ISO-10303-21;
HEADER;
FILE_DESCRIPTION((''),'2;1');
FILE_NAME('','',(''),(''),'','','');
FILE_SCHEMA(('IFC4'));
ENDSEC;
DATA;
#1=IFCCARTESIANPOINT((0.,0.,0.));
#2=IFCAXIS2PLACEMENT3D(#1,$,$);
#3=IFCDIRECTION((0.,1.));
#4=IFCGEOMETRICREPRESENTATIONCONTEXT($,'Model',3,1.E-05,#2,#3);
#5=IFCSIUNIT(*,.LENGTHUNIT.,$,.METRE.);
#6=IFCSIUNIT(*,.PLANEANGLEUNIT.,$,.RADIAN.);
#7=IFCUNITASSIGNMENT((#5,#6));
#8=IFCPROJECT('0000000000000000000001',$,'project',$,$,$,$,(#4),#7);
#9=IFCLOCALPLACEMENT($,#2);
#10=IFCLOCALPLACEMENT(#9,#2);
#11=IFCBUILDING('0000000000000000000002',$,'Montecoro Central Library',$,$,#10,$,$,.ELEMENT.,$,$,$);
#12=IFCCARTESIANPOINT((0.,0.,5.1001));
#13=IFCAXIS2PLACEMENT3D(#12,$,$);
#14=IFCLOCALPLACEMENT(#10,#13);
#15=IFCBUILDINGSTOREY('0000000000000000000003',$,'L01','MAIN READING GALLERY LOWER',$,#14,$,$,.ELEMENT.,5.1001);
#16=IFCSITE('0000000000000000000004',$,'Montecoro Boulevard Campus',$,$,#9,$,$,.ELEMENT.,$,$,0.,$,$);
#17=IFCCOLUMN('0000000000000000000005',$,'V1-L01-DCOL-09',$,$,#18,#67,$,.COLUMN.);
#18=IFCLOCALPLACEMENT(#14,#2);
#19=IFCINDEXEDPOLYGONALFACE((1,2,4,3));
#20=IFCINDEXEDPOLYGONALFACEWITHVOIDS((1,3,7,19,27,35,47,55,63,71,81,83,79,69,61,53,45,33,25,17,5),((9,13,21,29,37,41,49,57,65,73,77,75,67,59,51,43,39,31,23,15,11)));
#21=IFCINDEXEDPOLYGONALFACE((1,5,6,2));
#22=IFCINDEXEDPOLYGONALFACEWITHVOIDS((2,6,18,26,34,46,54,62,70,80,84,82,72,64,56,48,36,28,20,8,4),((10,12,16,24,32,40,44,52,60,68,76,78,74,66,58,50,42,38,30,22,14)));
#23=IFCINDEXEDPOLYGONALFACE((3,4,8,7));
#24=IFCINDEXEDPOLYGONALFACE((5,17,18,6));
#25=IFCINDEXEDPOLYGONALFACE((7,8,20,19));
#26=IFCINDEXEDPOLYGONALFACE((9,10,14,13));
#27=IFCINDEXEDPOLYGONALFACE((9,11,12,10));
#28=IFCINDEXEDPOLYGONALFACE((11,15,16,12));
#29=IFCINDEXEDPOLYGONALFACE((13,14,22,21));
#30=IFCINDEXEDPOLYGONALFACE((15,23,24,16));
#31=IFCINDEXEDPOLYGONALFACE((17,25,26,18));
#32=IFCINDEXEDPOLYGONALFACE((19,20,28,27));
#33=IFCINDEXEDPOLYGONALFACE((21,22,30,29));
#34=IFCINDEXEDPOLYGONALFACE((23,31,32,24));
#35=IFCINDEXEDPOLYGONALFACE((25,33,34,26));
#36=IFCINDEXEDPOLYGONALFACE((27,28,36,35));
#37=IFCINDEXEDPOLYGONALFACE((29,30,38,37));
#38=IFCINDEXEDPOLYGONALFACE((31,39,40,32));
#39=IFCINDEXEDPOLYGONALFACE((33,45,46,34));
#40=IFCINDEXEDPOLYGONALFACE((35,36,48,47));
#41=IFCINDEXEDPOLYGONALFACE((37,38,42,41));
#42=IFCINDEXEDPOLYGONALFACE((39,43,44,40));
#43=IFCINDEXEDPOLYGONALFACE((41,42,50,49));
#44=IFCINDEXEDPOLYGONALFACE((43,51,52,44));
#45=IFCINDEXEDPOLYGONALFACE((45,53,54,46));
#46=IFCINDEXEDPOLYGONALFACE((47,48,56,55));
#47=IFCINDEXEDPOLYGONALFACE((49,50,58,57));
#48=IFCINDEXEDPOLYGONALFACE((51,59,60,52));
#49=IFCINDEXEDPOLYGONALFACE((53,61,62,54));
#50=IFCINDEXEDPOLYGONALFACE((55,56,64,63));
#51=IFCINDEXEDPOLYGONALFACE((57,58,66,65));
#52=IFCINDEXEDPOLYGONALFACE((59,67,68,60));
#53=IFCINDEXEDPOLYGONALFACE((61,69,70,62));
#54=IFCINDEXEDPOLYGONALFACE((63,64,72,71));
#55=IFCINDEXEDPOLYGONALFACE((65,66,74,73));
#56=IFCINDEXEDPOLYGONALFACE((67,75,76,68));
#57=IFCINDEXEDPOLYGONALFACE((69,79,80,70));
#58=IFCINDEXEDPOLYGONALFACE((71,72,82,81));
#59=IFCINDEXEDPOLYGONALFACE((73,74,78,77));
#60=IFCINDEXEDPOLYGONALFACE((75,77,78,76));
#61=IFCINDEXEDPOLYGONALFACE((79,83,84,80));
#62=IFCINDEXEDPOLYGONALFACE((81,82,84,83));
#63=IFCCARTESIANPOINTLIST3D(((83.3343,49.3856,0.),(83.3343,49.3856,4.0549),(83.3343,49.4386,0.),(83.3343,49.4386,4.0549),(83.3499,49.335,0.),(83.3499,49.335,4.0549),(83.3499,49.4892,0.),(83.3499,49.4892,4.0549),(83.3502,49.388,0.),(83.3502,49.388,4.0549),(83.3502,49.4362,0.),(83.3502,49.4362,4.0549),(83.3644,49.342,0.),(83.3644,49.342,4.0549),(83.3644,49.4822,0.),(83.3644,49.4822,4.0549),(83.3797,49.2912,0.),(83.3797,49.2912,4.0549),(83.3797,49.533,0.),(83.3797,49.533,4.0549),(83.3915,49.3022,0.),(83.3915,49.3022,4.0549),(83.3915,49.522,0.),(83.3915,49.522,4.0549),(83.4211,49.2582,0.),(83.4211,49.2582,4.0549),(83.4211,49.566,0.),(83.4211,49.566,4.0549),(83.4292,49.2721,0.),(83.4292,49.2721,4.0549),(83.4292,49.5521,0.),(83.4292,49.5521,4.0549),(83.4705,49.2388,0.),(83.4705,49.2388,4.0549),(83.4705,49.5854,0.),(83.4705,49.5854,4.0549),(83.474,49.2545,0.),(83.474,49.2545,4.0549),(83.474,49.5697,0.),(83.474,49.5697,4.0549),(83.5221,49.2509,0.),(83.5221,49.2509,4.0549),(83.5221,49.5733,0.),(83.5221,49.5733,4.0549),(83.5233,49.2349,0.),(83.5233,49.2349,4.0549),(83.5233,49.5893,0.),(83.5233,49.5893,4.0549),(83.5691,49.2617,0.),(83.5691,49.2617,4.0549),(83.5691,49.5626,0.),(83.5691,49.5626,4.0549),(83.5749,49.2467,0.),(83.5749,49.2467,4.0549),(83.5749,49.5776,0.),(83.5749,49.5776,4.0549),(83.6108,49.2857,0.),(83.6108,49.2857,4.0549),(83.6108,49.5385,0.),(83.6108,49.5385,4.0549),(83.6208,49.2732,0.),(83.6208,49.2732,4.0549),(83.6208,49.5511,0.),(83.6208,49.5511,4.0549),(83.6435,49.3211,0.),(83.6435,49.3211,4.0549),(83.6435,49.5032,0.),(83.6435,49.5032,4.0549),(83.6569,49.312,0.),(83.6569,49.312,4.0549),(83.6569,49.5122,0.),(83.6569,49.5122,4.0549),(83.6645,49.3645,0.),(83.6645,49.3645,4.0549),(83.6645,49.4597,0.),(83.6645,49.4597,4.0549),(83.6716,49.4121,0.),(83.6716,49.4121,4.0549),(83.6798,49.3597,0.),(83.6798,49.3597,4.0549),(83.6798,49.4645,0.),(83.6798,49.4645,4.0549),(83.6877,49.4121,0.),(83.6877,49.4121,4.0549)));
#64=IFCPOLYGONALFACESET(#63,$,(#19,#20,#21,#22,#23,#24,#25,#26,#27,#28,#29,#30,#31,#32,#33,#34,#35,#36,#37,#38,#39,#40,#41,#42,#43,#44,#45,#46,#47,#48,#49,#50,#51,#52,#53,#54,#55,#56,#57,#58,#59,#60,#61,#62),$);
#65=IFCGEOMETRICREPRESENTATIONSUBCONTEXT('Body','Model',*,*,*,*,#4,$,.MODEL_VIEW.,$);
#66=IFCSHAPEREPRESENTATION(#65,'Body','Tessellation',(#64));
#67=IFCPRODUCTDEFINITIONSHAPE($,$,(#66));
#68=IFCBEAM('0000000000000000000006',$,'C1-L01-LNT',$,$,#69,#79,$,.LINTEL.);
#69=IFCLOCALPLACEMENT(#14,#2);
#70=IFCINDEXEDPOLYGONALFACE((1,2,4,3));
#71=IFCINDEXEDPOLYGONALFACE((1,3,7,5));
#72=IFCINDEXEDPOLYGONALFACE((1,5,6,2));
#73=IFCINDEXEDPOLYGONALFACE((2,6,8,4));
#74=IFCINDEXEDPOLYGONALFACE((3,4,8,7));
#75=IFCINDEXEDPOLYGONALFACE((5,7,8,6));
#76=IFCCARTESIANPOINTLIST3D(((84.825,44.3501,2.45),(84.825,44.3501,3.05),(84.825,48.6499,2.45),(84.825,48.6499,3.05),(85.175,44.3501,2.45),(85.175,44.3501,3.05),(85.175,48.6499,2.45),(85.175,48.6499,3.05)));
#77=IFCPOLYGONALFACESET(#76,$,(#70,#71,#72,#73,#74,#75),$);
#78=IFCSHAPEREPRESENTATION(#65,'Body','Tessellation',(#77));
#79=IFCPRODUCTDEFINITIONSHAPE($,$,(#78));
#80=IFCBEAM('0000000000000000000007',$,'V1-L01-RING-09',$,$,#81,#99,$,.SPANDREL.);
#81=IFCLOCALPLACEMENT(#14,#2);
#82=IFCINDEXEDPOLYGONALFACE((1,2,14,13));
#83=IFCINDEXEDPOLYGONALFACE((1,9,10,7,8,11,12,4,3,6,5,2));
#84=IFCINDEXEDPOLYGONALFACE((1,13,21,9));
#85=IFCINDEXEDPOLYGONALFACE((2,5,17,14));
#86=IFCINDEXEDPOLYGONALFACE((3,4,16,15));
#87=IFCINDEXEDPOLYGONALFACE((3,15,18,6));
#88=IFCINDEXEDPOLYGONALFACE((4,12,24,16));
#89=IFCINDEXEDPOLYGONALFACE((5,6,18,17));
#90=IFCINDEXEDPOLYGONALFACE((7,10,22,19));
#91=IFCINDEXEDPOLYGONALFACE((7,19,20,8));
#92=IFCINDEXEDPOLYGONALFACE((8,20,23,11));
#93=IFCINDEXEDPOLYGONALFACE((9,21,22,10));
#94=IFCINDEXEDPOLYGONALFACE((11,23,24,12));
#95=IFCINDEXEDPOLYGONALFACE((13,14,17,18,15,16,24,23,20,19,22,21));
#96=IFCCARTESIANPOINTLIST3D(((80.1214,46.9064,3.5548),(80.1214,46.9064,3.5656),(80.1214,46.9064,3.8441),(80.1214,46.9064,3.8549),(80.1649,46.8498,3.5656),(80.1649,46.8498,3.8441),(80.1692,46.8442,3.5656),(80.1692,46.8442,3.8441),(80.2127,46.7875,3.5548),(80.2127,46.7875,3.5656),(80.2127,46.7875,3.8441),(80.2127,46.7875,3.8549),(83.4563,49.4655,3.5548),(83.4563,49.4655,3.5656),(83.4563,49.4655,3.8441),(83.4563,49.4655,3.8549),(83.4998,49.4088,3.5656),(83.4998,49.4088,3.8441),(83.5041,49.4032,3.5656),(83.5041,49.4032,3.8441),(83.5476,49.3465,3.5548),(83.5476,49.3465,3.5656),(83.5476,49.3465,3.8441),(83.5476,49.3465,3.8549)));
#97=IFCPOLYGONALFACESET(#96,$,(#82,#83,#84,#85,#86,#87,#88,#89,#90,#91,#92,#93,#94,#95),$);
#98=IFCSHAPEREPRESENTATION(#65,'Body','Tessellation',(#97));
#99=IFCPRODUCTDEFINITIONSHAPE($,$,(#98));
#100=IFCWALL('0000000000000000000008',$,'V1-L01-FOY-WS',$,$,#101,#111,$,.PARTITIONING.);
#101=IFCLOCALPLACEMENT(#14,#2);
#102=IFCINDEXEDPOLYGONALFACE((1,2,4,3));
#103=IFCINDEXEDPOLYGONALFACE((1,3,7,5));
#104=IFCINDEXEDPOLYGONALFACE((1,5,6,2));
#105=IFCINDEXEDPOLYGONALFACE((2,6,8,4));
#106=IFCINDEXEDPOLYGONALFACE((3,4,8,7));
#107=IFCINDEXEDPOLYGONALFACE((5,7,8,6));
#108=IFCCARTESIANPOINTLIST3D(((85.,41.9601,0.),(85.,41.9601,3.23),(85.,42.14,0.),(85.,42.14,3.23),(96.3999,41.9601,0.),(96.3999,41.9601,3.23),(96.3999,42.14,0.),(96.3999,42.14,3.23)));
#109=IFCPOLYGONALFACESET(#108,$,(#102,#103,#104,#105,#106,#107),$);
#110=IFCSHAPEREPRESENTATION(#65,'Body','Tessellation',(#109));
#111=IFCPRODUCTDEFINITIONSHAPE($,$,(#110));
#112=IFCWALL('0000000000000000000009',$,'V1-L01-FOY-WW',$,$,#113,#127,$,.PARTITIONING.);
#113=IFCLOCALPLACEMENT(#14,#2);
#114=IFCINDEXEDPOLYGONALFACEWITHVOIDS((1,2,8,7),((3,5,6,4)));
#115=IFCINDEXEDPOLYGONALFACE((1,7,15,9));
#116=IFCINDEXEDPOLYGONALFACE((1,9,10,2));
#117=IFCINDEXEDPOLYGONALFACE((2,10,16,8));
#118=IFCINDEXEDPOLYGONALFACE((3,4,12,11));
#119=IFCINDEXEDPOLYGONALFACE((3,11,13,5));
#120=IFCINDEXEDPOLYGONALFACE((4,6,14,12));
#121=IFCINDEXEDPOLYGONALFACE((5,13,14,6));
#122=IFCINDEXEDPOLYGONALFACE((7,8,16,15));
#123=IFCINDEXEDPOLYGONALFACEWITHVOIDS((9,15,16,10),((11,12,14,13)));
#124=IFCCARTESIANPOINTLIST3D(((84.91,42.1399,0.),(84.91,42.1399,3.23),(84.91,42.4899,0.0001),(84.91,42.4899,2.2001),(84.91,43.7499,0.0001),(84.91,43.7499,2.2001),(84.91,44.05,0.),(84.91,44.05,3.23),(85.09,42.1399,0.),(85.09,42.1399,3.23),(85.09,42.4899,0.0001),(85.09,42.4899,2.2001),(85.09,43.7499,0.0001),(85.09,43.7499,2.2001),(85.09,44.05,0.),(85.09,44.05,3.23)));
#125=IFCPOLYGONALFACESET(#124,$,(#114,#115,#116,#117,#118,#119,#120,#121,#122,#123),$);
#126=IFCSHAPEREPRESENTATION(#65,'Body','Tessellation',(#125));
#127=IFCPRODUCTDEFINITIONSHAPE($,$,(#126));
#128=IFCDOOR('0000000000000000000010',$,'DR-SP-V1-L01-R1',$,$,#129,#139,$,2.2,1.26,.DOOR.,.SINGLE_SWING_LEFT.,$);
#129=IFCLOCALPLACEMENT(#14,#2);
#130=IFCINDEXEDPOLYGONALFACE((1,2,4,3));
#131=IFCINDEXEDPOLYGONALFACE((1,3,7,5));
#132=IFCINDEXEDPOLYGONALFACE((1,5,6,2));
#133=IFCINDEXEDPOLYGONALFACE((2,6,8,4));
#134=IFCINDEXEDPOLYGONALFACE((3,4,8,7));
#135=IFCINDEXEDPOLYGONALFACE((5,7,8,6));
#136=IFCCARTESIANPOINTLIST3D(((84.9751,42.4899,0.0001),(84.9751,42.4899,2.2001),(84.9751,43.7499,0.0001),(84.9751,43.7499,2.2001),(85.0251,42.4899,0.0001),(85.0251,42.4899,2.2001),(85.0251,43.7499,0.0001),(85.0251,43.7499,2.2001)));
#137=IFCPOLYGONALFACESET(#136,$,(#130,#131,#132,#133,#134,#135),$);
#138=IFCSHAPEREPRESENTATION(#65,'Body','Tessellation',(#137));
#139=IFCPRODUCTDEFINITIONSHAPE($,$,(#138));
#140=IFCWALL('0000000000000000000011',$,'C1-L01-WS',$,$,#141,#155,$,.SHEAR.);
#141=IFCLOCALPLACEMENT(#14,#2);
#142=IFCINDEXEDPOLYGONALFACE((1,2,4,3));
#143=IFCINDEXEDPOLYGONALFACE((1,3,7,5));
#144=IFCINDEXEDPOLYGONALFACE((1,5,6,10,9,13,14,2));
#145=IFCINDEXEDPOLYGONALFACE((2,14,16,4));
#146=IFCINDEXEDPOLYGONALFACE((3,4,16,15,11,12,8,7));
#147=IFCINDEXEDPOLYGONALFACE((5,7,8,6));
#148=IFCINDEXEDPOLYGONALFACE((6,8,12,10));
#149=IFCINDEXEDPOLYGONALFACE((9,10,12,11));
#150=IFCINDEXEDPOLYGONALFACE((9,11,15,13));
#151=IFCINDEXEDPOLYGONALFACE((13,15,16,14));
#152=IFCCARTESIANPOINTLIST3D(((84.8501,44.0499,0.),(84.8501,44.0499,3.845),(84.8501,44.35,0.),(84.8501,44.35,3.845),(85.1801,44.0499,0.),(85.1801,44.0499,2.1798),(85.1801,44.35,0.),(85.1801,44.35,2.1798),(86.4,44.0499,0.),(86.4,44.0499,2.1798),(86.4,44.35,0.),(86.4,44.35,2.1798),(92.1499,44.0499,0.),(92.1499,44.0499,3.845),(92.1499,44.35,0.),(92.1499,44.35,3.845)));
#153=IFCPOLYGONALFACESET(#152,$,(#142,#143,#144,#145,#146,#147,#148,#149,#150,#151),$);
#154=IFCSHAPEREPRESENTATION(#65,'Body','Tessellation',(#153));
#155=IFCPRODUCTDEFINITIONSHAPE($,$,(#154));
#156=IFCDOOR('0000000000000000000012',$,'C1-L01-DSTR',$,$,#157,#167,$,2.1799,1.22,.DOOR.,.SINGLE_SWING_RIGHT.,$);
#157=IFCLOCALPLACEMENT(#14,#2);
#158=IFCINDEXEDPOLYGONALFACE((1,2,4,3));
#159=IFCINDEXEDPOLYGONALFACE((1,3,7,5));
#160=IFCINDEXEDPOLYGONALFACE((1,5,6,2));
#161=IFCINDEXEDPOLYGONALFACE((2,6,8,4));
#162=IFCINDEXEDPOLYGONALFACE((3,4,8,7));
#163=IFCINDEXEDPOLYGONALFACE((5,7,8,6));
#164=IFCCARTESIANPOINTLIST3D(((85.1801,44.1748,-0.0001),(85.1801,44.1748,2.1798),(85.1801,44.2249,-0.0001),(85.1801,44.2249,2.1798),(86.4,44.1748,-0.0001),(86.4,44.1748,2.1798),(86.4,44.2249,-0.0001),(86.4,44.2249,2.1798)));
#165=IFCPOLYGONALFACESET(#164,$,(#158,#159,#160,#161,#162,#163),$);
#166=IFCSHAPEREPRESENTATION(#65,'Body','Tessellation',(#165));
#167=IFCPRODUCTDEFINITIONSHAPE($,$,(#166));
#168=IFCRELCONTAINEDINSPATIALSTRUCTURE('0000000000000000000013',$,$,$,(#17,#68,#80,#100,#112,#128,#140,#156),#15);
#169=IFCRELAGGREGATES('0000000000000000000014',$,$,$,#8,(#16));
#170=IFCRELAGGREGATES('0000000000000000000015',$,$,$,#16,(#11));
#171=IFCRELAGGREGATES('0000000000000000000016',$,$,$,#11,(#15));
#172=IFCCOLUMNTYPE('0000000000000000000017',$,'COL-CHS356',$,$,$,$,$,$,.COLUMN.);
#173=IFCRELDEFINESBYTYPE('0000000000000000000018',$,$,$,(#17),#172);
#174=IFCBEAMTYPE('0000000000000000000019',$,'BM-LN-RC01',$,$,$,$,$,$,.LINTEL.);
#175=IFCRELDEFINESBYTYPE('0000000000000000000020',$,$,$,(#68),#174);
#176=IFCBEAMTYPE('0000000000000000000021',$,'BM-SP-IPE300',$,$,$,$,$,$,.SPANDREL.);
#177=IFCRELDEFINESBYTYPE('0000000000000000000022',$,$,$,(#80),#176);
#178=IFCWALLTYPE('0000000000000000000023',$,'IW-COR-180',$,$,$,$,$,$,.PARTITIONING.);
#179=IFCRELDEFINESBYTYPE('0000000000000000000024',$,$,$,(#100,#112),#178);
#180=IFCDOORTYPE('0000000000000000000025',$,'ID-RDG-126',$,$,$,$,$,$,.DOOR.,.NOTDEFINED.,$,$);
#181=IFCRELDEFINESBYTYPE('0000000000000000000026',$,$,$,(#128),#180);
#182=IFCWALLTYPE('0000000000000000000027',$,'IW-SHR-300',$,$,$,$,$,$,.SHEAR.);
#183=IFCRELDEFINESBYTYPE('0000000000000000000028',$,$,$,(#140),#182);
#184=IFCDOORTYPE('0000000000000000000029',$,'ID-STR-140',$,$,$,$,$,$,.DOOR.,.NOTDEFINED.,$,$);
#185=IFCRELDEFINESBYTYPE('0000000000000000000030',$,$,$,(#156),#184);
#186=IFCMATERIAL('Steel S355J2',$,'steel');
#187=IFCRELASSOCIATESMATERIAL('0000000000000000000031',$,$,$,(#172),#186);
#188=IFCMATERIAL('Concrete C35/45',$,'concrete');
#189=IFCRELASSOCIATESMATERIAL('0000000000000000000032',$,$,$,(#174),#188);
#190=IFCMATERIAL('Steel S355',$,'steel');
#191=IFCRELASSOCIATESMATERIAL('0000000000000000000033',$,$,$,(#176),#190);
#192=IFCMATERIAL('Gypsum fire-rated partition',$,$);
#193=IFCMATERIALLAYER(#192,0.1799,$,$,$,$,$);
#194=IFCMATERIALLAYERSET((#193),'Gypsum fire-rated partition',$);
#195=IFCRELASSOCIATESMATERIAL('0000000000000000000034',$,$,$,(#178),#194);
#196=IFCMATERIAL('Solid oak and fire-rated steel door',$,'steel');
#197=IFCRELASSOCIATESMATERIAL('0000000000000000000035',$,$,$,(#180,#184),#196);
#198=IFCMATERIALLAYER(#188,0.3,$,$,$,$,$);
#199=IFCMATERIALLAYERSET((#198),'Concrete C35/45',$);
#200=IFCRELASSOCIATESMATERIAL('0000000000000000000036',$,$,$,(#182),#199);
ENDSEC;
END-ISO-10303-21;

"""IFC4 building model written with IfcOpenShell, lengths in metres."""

from ifc_helpers import new_model, si_unit, direction, frame, frame_2d, origin, origin_2d, place, context, subcontext, project, spatial, rectangle, hollow_circle, i_section, extrude, material, layer, layer_set, material_profile, profile_set, type_object, element, fill, save


model = new_model("IFC4")

# Units and contexts
model_context = context("Model", 3, precision=1e-05, world=origin(), true_north=direction((0.0, 1.0)))
body_context = subcontext(model_context, "Body", "Model", "MODEL_VIEW")
ifc_project = project(units=[si_unit("LENGTHUNIT", "METRE"), si_unit("PLANEANGLEUNIT", "RADIAN")], contexts=[model_context])

# Site, building, storey
site_placement = place(None, origin())
site = spatial("IfcSite", under=ifc_project, at=site_placement, Name="Montecoro Boulevard Campus", CompositionType="ELEMENT", RefElevation=0.0)
building_placement = place(site_placement, origin())
building = spatial("IfcBuilding", under=site, at=building_placement, Name="Montecoro Central Library", CompositionType="ELEMENT")
storey_placement = place(building_placement, frame((0.0, 0.0, 5.1001)))
storey = spatial("IfcBuildingStorey", under=building, at=storey_placement, Name="L01", Description="MAIN READING GALLERY LOWER", CompositionType="ELEMENT", Elevation=5.1001)

# Column
ifc_material_1 = material(Name="Steel S355J2", Category="steel")
ifc_material_profile_1 = material_profile(ifc_material_1, hollow_circle(Radius=0.1777, WallThickness=0.0161, at=origin_2d()), Name="CHS 355.6x16.0")
ifc_profile_set_1 = profile_set([ifc_material_profile_1], Name="Steel S355J2")
column_type = type_object("IfcColumnType", Name="COL-CHS356", PredefinedType="COLUMN", material=ifc_profile_set_1)
column_placement = place(storey_placement, frame((83.51, 49.4121, 0.0), z_axis=(0.0, 0.0, 1.0), x_axis=(1.0, 0.0, 0.0)))
element("IfcColumn", 1, at=column_placement, inside=storey, type_object=column_type, Name="V1-L01-DCOL-09", PredefinedType="COLUMN", context=body_context, shape_type="SweptSolid", body=[
    extrude(hollow_circle(Radius=0.1777, WallThickness=0.0161, at=origin_2d()), origin(), (0.0, 0.0, 1.0), 4.0549),
])

# Beams
ifc_material_2 = material(Name="Concrete C35/45", Category="concrete")
ifc_material_profile_2 = material_profile(ifc_material_2, rectangle(XDim=0.3501, YDim=0.6001, at=origin_2d()), Name="RC LNT 600x350")
ifc_profile_set_2 = profile_set([ifc_material_profile_2], Name="Concrete C35/45")
beam_type_1 = type_object("IfcBeamType", Name="BM-LN-RC01", PredefinedType="LINTEL", material=ifc_profile_set_2)
beam_1_placement = place(storey_placement, frame((85.0, 44.3501, 2.75), z_axis=(0.0, 1.0, 0.0), x_axis=(-1.0, 0.0, 0.0)))
element("IfcBeam", 2, at=beam_1_placement, inside=storey, type_object=beam_type_1, Name="C1-L01-LNT", PredefinedType="LINTEL", context=body_context, shape_type="SweptSolid", body=[
    extrude(rectangle(XDim=0.3501, YDim=0.6001, at=origin_2d()), origin(), (0.0, 0.0, 1.0), 4.2998),
])
ifc_material_3 = material(Name="Steel S355", Category="steel")
ifc_material_profile_3 = material_profile(ifc_material_3, i_section(OverallWidth=0.1499, OverallDepth=0.3, WebThickness=0.0071, FlangeThickness=0.0107, at=origin_2d()), Name="IPE 300")
ifc_profile_set_3 = profile_set([ifc_material_profile_3], Name="Steel S355")
beam_type_2 = type_object("IfcBeamType", Name="BM-SP-IPE300", PredefinedType="SPANDREL", material=ifc_profile_set_3)
beam_2_placement = place(storey_placement, frame((83.502, 49.406, 3.7048), z_axis=(-0.793345, -0.608773, 0.0), x_axis=(0.608773, -0.793345, 0.0)))
element("IfcBeam", 3, at=beam_2_placement, inside=storey, type_object=beam_type_2, Name="V1-L01-RING-09", PredefinedType="SPANDREL", context=body_context, shape_type="SweptSolid", body=[
    extrude(i_section(OverallWidth=0.1499, OverallDepth=0.3, WebThickness=0.0071, FlangeThickness=0.0107, at=origin_2d()), origin(), (0.0, 0.0, 1.0), 4.2036),
])

# Wall
ifc_material_4 = material(Name="Gypsum fire-rated partition")
ifc_layer_1 = layer(ifc_material_4, 0.1799)
ifc_layer_set_1 = layer_set([ifc_layer_1], Name="Gypsum fire-rated partition")
wall_type_1 = type_object("IfcWallType", Name="IW-COR-180", PredefinedType="PARTITIONING", material=ifc_layer_set_1)
wall_1_placement = place(storey_placement, frame((85.0, 42.05, 0.0), z_axis=(0.0, 0.0, 1.0), x_axis=(1.0, 0.0, 0.0)))
element("IfcWall", 4, at=wall_1_placement, inside=storey, type_object=wall_type_1, Name="V1-L01-FOY-WS", PredefinedType="PARTITIONING", context=body_context, shape_type="SweptSolid", body=[
    extrude(rectangle(XDim=11.3999, YDim=0.1799, at=frame_2d((5.7, 0.0))), origin(), (0.0, 0.0, 1.0), 3.23),
])

# Walls, openings, doors
wall_2_placement = place(storey_placement, frame((85.0, 42.1399, 0.0), z_axis=(0.0, 0.0, 1.0), x_axis=(0.0, 1.0, 0.0)))
wall_2 = element("IfcWall", 5, at=wall_2_placement, inside=storey, type_object=wall_type_1, Name="V1-L01-FOY-WW", PredefinedType="PARTITIONING", context=body_context, shape_type="SweptSolid", body=[
    extrude(rectangle(XDim=1.9102, YDim=0.1799, at=frame_2d((0.9551, 0.0))), origin(), (0.0, 0.0, 1.0), 3.23),
])
opening_1_placement = place(wall_2_placement, frame((0.3501, 0.0, 0.0)))
opening_1 = element("IfcOpeningElement", 6, at=opening_1_placement, cuts=wall_2, PredefinedType="OPENING", context=body_context, shape_type="SweptSolid", body=[
    extrude(rectangle(XDim=1.26, YDim=2.2, at=frame_2d((0.6299, 1.1001))), frame((0.0, 0.0999, 0.0), z_axis=(0.0, -1.0, 0.0), x_axis=(1.0, 0.0, 0.0)), (0.0, 0.0, 1.0), 0.2),
])
ifc_material_5 = material(Name="Solid oak and fire-rated steel door", Category="steel")
door_type_1 = type_object("IfcDoorType", Name="ID-RDG-126", OperationType="NOTDEFINED", PredefinedType="DOOR", material=ifc_material_5)
door_1_placement = place(opening_1_placement, origin())
door_1 = element("IfcDoor", 7, at=door_1_placement, inside=storey, type_object=door_type_1, Name="DR-SP-V1-L01-R1", OperationType="SINGLE_SWING_LEFT", OverallHeight=2.2, OverallWidth=1.26, PredefinedType="DOOR", context=body_context, shape_type="SweptSolid", body=[
    extrude(rectangle(XDim=1.26, YDim=2.2, at=frame_2d((0.6299, 1.1001))), frame((0.0, 0.0249, 0.0), z_axis=(0.0, -1.0, 0.0), x_axis=(1.0, 0.0, 0.0)), (0.0, 0.0, 1.0), 0.05),
])
fill(opening_1, door_1)
ifc_layer_2 = layer(ifc_material_2, 0.3)
ifc_layer_set_2 = layer_set([ifc_layer_2], Name="Concrete C35/45")
wall_type_2 = type_object("IfcWallType", Name="IW-SHR-300", PredefinedType="SHEAR", material=ifc_layer_set_2)
wall_3_placement = place(storey_placement, frame((84.8501, 44.2, 0.0), z_axis=(0.0, 0.0, 1.0), x_axis=(1.0, 0.0, 0.0)))
wall_3 = element("IfcWall", 8, at=wall_3_placement, inside=storey, type_object=wall_type_2, Name="C1-L01-WS", PredefinedType="SHEAR", context=body_context, shape_type="SweptSolid", body=[
    extrude(rectangle(XDim=7.2998, YDim=0.3, at=frame_2d((3.6499, 0.0))), origin(), (0.0, 0.0, 1.0), 3.845),
])
opening_2_placement = place(wall_3_placement, frame((0.3301, 0.0, 0.0)))
opening_2 = element("IfcOpeningElement", 9, at=opening_2_placement, cuts=wall_3, PredefinedType="OPENING", context=body_context, shape_type="SweptSolid", body=[
    extrude(rectangle(XDim=1.22, YDim=2.1799, at=frame_2d((0.6099, 1.0898))), frame((0.0, 0.1599, 0.0), z_axis=(0.0, -1.0, 0.0), x_axis=(1.0, 0.0, 0.0)), (0.0, 0.0, 1.0), 0.3201),
])
door_type_2 = type_object("IfcDoorType", Name="ID-STR-140", OperationType="NOTDEFINED", PredefinedType="DOOR", material=ifc_material_5)
door_2_placement = place(opening_2_placement, origin())
door_2 = element("IfcDoor", 10, at=door_2_placement, inside=storey, type_object=door_type_2, Name="C1-L01-DSTR", OperationType="SINGLE_SWING_RIGHT", OverallHeight=2.1799, OverallWidth=1.22, PredefinedType="DOOR", context=body_context, shape_type="SweptSolid", body=[
    extrude(rectangle(XDim=1.22, YDim=2.1799, at=frame_2d((0.6099, 1.0898))), frame((0.0, 0.0249, 0.0), z_axis=(0.0, -1.0, 0.0), x_axis=(1.0, 0.0, 0.0)), (0.0, 0.0, 1.0), 0.05),
])
fill(opening_2, door_2)

save(model, "model.ifc")
